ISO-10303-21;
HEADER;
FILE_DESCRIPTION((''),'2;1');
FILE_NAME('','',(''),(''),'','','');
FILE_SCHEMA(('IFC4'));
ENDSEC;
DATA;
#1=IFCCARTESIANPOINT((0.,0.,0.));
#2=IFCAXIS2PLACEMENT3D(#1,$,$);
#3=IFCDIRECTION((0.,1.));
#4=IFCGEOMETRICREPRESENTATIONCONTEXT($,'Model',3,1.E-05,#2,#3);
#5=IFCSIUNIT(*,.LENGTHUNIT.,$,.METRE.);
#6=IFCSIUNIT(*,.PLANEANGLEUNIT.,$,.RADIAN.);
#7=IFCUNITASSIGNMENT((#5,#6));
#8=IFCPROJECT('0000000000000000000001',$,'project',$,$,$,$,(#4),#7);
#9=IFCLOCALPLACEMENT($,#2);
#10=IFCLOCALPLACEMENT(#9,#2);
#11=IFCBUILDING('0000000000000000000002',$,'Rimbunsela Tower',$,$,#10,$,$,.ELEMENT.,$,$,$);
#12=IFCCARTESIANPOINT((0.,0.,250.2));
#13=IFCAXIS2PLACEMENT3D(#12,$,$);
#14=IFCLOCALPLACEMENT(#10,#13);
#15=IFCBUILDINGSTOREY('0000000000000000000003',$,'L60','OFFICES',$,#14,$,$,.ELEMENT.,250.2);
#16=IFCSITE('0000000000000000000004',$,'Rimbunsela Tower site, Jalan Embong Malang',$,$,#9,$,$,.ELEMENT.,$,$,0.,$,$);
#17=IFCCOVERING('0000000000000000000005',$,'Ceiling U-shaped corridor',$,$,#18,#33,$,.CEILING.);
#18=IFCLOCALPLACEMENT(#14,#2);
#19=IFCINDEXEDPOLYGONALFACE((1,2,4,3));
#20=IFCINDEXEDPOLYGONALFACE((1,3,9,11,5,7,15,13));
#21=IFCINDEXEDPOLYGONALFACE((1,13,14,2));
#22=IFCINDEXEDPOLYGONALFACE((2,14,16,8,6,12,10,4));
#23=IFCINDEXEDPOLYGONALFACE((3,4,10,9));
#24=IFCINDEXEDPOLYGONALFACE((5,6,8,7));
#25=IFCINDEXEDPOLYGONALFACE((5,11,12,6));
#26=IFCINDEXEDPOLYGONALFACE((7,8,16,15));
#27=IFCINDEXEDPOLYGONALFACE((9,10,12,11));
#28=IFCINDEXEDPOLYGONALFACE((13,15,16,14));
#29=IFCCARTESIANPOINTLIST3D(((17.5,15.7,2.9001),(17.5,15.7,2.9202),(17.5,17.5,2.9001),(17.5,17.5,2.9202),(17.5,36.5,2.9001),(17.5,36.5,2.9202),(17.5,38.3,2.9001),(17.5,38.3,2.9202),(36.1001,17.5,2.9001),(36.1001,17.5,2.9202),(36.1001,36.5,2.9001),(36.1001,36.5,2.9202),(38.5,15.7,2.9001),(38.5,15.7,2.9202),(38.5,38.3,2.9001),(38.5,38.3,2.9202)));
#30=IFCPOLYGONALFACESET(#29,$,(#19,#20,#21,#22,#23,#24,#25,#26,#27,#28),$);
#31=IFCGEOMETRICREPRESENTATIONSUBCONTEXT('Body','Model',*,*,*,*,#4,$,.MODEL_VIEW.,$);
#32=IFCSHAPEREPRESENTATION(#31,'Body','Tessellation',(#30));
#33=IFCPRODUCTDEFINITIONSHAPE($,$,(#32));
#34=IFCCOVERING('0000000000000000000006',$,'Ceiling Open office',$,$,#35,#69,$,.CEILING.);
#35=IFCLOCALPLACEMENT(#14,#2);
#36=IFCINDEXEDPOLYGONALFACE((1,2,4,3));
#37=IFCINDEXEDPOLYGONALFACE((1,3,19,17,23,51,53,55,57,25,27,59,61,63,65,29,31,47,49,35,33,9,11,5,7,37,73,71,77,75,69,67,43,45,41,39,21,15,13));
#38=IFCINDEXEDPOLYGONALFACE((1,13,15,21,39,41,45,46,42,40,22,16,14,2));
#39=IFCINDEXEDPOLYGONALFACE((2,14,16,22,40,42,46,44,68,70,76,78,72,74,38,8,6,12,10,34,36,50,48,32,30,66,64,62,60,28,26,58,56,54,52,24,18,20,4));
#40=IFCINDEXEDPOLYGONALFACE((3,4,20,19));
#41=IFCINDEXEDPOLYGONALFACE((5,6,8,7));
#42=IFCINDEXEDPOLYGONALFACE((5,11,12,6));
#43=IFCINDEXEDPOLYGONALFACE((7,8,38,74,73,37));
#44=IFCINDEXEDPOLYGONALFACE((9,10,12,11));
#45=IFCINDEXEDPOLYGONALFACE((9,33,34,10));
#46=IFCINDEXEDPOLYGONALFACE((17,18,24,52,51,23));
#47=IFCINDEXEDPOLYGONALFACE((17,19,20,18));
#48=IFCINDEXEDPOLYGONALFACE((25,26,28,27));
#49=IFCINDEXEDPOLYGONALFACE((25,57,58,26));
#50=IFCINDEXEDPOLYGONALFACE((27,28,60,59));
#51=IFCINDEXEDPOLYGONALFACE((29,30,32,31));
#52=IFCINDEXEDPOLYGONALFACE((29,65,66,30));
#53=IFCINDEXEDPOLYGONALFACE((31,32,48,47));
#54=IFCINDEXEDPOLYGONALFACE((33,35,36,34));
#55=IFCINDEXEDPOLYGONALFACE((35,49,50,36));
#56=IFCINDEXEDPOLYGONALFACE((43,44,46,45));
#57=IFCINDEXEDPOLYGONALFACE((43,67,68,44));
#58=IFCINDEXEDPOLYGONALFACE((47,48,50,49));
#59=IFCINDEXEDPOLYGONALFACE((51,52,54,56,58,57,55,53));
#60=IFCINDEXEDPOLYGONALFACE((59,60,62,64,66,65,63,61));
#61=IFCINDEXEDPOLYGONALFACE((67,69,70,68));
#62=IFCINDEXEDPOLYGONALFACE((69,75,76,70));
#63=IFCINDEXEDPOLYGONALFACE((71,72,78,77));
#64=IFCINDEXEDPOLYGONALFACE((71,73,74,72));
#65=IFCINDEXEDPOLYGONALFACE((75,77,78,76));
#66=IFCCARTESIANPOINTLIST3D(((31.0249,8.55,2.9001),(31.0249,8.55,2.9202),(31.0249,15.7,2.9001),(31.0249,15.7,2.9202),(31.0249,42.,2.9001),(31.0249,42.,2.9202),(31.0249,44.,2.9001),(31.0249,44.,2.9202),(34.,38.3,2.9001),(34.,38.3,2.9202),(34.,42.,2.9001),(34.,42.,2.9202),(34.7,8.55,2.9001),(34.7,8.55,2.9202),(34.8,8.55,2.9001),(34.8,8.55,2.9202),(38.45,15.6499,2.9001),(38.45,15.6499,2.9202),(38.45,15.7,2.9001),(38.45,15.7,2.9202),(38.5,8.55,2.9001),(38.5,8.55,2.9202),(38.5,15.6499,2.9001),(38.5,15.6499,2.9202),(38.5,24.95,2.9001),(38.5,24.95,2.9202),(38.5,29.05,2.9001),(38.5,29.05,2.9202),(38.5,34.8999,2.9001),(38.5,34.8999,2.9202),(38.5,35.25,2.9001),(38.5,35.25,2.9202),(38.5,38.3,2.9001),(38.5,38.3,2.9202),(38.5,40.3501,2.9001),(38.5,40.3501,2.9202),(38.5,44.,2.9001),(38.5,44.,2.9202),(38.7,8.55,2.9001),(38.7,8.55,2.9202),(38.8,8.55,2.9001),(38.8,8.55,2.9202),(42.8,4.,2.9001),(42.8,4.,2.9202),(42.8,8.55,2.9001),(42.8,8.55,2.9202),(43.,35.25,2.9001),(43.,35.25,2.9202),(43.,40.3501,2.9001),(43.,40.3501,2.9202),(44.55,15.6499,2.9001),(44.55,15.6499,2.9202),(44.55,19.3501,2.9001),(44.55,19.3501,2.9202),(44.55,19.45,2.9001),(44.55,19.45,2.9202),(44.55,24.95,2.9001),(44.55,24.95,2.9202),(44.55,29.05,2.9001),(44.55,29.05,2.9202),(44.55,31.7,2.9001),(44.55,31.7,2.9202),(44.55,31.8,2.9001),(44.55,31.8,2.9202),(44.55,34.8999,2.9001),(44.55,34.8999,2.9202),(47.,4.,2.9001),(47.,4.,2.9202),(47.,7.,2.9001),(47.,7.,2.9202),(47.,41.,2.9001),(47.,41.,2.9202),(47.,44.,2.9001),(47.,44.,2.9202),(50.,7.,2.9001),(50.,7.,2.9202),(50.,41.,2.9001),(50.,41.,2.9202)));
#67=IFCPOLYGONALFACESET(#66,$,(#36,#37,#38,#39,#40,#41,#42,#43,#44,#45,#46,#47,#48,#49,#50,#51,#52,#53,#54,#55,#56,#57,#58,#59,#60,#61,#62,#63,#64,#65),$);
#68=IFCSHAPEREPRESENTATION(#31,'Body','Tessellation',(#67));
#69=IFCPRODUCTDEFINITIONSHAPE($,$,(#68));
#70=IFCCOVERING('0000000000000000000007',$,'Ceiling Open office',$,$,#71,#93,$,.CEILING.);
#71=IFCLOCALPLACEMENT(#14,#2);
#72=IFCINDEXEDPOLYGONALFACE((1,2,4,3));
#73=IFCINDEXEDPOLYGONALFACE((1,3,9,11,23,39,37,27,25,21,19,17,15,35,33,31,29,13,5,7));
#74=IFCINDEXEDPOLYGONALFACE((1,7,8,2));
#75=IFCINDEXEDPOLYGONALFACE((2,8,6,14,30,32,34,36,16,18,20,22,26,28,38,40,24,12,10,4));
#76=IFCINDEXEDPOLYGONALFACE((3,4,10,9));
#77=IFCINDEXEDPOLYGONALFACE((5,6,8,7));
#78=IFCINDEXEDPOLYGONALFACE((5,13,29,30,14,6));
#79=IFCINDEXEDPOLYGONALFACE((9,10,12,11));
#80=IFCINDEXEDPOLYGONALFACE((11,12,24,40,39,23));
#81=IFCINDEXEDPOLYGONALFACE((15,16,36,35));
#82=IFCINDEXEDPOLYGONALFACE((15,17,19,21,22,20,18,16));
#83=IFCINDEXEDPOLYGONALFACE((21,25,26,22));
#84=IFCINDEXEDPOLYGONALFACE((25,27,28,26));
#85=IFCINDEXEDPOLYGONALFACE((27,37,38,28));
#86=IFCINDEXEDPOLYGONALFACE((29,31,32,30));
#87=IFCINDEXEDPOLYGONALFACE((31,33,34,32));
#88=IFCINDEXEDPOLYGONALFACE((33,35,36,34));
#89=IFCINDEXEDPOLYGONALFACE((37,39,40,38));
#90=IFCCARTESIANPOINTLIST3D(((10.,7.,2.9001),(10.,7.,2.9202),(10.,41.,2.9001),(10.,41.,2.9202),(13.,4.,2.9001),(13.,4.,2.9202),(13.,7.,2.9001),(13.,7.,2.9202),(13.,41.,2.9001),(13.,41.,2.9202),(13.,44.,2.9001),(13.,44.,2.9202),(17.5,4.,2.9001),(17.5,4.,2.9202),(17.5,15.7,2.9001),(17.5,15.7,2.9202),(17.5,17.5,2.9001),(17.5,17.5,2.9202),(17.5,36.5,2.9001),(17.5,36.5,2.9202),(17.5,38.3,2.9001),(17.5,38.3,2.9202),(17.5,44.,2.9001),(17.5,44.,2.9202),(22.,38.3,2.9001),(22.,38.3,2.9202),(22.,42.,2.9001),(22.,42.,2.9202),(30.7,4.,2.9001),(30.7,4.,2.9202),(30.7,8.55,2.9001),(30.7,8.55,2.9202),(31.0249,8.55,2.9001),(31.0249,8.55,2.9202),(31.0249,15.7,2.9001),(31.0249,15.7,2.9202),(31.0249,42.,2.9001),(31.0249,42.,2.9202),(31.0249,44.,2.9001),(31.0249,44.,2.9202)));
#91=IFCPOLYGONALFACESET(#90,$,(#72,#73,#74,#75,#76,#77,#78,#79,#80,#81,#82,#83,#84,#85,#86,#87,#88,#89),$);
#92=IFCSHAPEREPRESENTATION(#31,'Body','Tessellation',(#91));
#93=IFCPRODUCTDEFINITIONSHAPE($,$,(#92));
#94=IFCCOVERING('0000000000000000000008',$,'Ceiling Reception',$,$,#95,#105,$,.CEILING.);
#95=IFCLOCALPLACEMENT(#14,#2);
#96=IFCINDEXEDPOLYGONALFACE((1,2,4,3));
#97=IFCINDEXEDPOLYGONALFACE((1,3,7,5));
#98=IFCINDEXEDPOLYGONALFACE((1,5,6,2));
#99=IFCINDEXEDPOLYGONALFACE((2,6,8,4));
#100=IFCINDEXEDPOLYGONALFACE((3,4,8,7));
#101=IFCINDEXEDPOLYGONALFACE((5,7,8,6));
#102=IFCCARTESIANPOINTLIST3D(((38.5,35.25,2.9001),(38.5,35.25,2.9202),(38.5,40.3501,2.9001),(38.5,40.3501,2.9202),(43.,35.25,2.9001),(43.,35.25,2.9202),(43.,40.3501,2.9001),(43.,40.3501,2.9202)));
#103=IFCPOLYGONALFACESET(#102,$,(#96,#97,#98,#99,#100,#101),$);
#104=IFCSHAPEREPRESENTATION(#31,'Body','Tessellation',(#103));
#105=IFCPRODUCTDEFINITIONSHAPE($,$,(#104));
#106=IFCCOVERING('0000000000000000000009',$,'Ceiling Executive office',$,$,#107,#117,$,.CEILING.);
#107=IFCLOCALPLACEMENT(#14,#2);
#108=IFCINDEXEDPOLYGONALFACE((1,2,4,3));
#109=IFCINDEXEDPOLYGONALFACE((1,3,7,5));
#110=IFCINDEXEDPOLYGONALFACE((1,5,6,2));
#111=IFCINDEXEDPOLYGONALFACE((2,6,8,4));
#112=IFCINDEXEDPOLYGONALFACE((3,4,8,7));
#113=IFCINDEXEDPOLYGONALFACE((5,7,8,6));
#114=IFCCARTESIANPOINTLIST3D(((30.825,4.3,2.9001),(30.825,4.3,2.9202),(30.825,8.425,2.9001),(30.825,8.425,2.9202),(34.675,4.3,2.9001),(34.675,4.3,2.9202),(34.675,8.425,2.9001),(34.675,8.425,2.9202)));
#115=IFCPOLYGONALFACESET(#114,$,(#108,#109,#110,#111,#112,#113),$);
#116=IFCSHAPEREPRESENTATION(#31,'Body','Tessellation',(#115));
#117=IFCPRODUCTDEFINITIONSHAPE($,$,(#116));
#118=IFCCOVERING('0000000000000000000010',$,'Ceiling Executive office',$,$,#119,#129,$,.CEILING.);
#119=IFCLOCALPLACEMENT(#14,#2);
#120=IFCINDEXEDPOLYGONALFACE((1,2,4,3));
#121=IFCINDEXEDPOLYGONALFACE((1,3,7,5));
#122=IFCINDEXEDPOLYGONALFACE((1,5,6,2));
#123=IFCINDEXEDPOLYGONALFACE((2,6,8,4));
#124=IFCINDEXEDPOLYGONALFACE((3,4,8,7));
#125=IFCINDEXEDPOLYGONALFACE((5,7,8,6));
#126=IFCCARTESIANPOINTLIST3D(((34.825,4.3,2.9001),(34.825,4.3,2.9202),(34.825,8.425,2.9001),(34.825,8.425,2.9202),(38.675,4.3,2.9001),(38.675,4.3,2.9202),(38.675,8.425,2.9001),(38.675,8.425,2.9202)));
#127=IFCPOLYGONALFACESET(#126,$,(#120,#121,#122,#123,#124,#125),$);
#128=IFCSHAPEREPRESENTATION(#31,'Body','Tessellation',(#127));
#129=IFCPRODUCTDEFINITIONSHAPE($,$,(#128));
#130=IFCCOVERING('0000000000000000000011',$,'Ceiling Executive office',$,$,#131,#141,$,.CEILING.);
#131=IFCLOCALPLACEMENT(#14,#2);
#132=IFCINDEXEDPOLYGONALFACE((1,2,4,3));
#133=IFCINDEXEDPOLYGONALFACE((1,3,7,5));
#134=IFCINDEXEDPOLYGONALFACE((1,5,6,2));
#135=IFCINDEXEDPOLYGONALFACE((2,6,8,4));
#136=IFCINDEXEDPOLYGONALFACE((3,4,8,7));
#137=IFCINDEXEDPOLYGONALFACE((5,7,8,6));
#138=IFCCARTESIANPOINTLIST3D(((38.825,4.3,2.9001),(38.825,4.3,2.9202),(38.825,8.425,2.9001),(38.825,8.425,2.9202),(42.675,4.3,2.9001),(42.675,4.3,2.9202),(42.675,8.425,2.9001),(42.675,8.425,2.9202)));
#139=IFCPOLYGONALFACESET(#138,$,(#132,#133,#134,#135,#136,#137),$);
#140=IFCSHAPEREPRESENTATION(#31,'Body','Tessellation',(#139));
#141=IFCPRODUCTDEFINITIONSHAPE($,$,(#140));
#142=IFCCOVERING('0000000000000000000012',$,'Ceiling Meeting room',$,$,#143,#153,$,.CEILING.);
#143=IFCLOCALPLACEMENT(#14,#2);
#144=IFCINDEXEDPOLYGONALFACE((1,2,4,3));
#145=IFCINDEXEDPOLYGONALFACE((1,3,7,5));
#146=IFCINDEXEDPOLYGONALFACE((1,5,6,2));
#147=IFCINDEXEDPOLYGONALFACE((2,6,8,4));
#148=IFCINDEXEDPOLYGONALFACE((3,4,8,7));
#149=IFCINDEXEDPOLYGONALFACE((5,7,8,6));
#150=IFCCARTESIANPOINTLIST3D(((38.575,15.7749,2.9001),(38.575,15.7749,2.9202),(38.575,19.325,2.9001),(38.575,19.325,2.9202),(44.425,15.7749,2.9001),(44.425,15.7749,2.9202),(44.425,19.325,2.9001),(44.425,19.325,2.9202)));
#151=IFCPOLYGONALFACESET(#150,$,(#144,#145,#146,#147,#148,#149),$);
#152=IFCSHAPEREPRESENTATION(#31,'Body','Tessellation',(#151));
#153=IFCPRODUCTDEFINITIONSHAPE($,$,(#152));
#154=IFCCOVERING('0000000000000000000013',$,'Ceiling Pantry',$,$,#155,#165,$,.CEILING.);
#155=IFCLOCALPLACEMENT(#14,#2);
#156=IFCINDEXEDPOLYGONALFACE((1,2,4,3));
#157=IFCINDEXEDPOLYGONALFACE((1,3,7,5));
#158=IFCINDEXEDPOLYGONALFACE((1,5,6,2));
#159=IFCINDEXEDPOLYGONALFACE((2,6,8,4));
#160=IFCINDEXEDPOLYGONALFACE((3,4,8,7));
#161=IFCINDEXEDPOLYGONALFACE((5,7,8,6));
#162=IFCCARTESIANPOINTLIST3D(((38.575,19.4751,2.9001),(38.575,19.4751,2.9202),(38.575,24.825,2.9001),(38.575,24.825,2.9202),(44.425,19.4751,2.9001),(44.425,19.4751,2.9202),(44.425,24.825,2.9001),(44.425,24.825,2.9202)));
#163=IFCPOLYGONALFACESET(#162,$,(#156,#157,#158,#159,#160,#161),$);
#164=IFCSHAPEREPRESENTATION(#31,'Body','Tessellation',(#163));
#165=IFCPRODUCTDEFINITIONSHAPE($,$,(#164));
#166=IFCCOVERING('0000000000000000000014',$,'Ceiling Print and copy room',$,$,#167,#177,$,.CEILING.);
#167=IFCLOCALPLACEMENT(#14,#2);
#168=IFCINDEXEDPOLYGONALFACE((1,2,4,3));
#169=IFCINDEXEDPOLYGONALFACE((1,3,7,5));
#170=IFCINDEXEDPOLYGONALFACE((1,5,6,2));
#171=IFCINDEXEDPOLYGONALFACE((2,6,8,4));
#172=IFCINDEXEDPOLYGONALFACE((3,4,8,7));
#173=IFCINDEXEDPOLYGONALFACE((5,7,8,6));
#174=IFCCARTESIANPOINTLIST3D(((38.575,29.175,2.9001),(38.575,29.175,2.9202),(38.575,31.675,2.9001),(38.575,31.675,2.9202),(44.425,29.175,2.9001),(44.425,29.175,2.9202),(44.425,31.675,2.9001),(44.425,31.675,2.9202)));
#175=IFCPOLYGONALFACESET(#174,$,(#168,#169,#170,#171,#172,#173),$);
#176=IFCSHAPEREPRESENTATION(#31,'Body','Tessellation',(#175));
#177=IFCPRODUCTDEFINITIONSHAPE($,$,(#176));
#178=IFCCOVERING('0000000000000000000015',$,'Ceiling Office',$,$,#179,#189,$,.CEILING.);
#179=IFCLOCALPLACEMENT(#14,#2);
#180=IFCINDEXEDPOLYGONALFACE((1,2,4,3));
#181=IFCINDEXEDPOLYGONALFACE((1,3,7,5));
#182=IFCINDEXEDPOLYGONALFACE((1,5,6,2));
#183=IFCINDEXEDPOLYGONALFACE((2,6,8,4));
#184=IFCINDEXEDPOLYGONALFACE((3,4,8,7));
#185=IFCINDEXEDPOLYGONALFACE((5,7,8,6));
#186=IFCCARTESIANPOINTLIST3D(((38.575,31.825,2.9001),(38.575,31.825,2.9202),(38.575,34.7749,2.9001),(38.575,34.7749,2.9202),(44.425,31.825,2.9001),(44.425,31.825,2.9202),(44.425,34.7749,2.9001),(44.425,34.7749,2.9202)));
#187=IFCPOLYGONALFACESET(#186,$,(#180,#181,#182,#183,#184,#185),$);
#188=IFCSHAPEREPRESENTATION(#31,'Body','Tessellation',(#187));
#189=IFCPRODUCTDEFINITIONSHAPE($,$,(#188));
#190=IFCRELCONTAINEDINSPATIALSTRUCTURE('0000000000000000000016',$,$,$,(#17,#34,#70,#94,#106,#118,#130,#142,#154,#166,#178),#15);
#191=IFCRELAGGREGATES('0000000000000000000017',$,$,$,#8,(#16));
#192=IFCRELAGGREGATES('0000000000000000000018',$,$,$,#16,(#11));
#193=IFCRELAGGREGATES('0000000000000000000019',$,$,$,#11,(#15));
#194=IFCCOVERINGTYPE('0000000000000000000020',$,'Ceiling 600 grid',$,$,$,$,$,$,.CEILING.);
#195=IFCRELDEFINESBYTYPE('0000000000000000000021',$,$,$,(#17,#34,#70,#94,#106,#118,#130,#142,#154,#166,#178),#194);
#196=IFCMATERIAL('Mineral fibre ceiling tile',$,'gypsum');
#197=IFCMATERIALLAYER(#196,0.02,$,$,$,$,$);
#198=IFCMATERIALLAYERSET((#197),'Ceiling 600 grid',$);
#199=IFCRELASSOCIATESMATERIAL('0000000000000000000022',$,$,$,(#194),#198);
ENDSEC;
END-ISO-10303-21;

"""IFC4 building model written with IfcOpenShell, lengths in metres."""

from ifc_helpers import new_model, si_unit, direction, frame, origin, place, context, subcontext, project, spatial, polyline, outline, extrude, material, layer, layer_set, type_object, element, save


model = new_model("IFC4")

# Units and contexts
model_context = context("Model", 3, precision=1e-05, world=origin(), true_north=direction((0.0, 1.0)))
body_context = subcontext(model_context, "Body", "Model", "MODEL_VIEW")
ifc_project = project(units=[si_unit("LENGTHUNIT", "METRE"), si_unit("PLANEANGLEUNIT", "RADIAN")], contexts=[model_context])

# Site, building, storey
site_placement = place(None, origin())
site = spatial("IfcSite", under=ifc_project, at=site_placement, Name="Rimbunsela Tower site, Jalan Embong Malang", CompositionType="ELEMENT", RefElevation=0.0)
building_placement = place(site_placement, origin())
building = spatial("IfcBuilding", under=site, at=building_placement, Name="Rimbunsela Tower", CompositionType="ELEMENT")
storey_placement = place(building_placement, frame((0.0, 0.0, 250.2)))
storey = spatial("IfcBuildingStorey", under=building, at=storey_placement, Name="L60", Description="OFFICES", CompositionType="ELEMENT", Elevation=250.2)

# Coverings
ifc_material_1 = material(Name="Mineral fibre ceiling tile", Category="gypsum")
ifc_layer_1 = layer(ifc_material_1, 0.02)
ifc_layer_set_1 = layer_set([ifc_layer_1], Name="Ceiling 600 grid")
covering_type_1 = type_object("IfcCoveringType", Name="Ceiling 600 grid", PredefinedType="CEILING", material=ifc_layer_set_1)
covering_1_placement = place(storey_placement, frame((0.0, 0.0, 2.9001)))
element("IfcCovering", 1, at=covering_1_placement, inside=storey, type_object=covering_type_1, Name="Ceiling U-shaped corridor", PredefinedType="CEILING", context=body_context, shape_type="SweptSolid", body=[
    extrude(outline(polyline([(38.5, 38.3), (38.5, 15.7), (17.5, 15.7), (17.5, 17.5), (36.1001, 17.5), (36.1001, 36.5), (17.5, 36.5), (17.5, 38.3), (38.5, 38.3)])), origin(), (0.0, 0.0, 1.0), 0.02),
])
covering_2_placement = place(storey_placement, frame((0.0, 0.0, 2.9001)))
element("IfcCovering", 2, at=covering_2_placement, inside=storey, type_object=covering_type_1, Name="Ceiling Open office", PredefinedType="CEILING", context=body_context, shape_type="SweptSolid", body=[
    extrude(outline(polyline([(31.0249, 44.0), (38.5, 44.0), (47.0, 44.0), (47.0, 41.0), (50.0, 41.0), (50.0, 7.0), (47.0, 7.0), (47.0, 4.0), (42.8, 4.0), (42.8, 8.55), (38.8, 8.55), (38.7, 8.55), (38.5, 8.55), (34.8, 8.55), (34.7, 8.55), (31.0249, 8.55), (31.0249, 15.7), (38.45, 15.7), (38.45, 15.6499), (38.5, 15.6499), (44.55, 15.6499), (44.55, 19.3501), (44.55, 19.45), (44.55, 24.95), (38.5, 24.95), (38.5, 29.05), (44.55, 29.05), (44.55, 31.7), (44.55, 31.8), (44.55, 34.8999), (38.5, 34.8999), (38.5, 35.25), (43.0, 35.25), (43.0, 40.3501), (38.5, 40.3501), (38.5, 38.3), (34.0, 38.3), (34.0, 42.0), (31.0249, 42.0), (31.0249, 44.0)])), origin(), (0.0, 0.0, 1.0), 0.02),
])
covering_3_placement = place(storey_placement, frame((0.0, 0.0, 2.9001)))
element("IfcCovering", 3, at=covering_3_placement, inside=storey, type_object=covering_type_1, Name="Ceiling Open office", PredefinedType="CEILING", context=body_context, shape_type="SweptSolid", body=[
    extrude(outline(polyline([(30.7, 4.0), (17.5, 4.0), (13.0, 4.0), (13.0, 7.0), (10.0, 7.0), (10.0, 41.0), (13.0, 41.0), (13.0, 44.0), (17.5, 44.0), (31.0249, 44.0), (31.0249, 42.0), (22.0, 42.0), (22.0, 38.3), (17.5, 38.3), (17.5, 36.5), (17.5, 17.5), (17.5, 15.7), (31.0249, 15.7), (31.0249, 8.55), (30.7, 8.55), (30.7, 4.0)])), origin(), (0.0, 0.0, 1.0), 0.02),
])
covering_4_placement = place(storey_placement, frame((0.0, 0.0, 2.9001)))
element("IfcCovering", 4, at=covering_4_placement, inside=storey, type_object=covering_type_1, Name="Ceiling Reception", PredefinedType="CEILING", context=body_context, shape_type="SweptSolid", body=[
    extrude(outline(polyline([(43.0, 35.25), (43.0, 40.3501), (38.5, 40.3501), (38.5, 35.25), (43.0, 35.25)])), origin(), (0.0, 0.0, 1.0), 0.02),
])
covering_5_placement = place(storey_placement, frame((0.0, 0.0, 2.9001)))
element("IfcCovering", 5, at=covering_5_placement, inside=storey, type_object=covering_type_1, Name="Ceiling Executive office", PredefinedType="CEILING", context=body_context, shape_type="SweptSolid", body=[
    extrude(outline(polyline([(34.675, 4.3), (34.675, 8.425), (30.825, 8.425), (30.825, 4.3), (34.675, 4.3)])), origin(), (0.0, 0.0, 1.0), 0.02),
])
covering_6_placement = place(storey_placement, frame((0.0, 0.0, 2.9001)))
element("IfcCovering", 6, at=covering_6_placement, inside=storey, type_object=covering_type_1, Name="Ceiling Executive office", PredefinedType="CEILING", context=body_context, shape_type="SweptSolid", body=[
    extrude(outline(polyline([(38.675, 4.3), (38.675, 8.425), (34.825, 8.425), (34.825, 4.3), (38.675, 4.3)])), origin(), (0.0, 0.0, 1.0), 0.02),
])
covering_7_placement = place(storey_placement, frame((0.0, 0.0, 2.9001)))
element("IfcCovering", 7, at=covering_7_placement, inside=storey, type_object=covering_type_1, Name="Ceiling Executive office", PredefinedType="CEILING", context=body_context, shape_type="SweptSolid", body=[
    extrude(outline(polyline([(42.675, 4.3), (42.675, 8.425), (38.825, 8.425), (38.825, 4.3), (42.675, 4.3)])), origin(), (0.0, 0.0, 1.0), 0.02),
])
covering_8_placement = place(storey_placement, frame((0.0, 0.0, 2.9001)))
element("IfcCovering", 8, at=covering_8_placement, inside=storey, type_object=covering_type_1, Name="Ceiling Meeting room", PredefinedType="CEILING", context=body_context, shape_type="SweptSolid", body=[
    extrude(outline(polyline([(44.425, 15.7749), (44.425, 19.325), (38.575, 19.325), (38.575, 15.7749), (44.425, 15.7749)])), origin(), (0.0, 0.0, 1.0), 0.02),
])
covering_9_placement = place(storey_placement, frame((0.0, 0.0, 2.9001)))
element("IfcCovering", 9, at=covering_9_placement, inside=storey, type_object=covering_type_1, Name="Ceiling Pantry", PredefinedType="CEILING", context=body_context, shape_type="SweptSolid", body=[
    extrude(outline(polyline([(44.425, 19.4751), (44.425, 24.825), (38.575, 24.825), (38.575, 19.4751), (44.425, 19.4751)])), origin(), (0.0, 0.0, 1.0), 0.02),
])
covering_10_placement = place(storey_placement, frame((0.0, 0.0, 2.9001)))
element("IfcCovering", 10, at=covering_10_placement, inside=storey, type_object=covering_type_1, Name="Ceiling Print and copy room", PredefinedType="CEILING", context=body_context, shape_type="SweptSolid", body=[
    extrude(outline(polyline([(44.425, 29.175), (44.425, 31.675), (38.575, 31.675), (38.575, 29.175), (44.425, 29.175)])), origin(), (0.0, 0.0, 1.0), 0.02),
])
covering_11_placement = place(storey_placement, frame((0.0, 0.0, 2.9001)))
element("IfcCovering", 11, at=covering_11_placement, inside=storey, type_object=covering_type_1, Name="Ceiling Office", PredefinedType="CEILING", context=body_context, shape_type="SweptSolid", body=[
    extrude(outline(polyline([(44.425, 31.825), (44.425, 34.7749), (38.575, 34.7749), (38.575, 31.825), (44.425, 31.825)])), origin(), (0.0, 0.0, 1.0), 0.02),
])

save(model, "model.ifc")
